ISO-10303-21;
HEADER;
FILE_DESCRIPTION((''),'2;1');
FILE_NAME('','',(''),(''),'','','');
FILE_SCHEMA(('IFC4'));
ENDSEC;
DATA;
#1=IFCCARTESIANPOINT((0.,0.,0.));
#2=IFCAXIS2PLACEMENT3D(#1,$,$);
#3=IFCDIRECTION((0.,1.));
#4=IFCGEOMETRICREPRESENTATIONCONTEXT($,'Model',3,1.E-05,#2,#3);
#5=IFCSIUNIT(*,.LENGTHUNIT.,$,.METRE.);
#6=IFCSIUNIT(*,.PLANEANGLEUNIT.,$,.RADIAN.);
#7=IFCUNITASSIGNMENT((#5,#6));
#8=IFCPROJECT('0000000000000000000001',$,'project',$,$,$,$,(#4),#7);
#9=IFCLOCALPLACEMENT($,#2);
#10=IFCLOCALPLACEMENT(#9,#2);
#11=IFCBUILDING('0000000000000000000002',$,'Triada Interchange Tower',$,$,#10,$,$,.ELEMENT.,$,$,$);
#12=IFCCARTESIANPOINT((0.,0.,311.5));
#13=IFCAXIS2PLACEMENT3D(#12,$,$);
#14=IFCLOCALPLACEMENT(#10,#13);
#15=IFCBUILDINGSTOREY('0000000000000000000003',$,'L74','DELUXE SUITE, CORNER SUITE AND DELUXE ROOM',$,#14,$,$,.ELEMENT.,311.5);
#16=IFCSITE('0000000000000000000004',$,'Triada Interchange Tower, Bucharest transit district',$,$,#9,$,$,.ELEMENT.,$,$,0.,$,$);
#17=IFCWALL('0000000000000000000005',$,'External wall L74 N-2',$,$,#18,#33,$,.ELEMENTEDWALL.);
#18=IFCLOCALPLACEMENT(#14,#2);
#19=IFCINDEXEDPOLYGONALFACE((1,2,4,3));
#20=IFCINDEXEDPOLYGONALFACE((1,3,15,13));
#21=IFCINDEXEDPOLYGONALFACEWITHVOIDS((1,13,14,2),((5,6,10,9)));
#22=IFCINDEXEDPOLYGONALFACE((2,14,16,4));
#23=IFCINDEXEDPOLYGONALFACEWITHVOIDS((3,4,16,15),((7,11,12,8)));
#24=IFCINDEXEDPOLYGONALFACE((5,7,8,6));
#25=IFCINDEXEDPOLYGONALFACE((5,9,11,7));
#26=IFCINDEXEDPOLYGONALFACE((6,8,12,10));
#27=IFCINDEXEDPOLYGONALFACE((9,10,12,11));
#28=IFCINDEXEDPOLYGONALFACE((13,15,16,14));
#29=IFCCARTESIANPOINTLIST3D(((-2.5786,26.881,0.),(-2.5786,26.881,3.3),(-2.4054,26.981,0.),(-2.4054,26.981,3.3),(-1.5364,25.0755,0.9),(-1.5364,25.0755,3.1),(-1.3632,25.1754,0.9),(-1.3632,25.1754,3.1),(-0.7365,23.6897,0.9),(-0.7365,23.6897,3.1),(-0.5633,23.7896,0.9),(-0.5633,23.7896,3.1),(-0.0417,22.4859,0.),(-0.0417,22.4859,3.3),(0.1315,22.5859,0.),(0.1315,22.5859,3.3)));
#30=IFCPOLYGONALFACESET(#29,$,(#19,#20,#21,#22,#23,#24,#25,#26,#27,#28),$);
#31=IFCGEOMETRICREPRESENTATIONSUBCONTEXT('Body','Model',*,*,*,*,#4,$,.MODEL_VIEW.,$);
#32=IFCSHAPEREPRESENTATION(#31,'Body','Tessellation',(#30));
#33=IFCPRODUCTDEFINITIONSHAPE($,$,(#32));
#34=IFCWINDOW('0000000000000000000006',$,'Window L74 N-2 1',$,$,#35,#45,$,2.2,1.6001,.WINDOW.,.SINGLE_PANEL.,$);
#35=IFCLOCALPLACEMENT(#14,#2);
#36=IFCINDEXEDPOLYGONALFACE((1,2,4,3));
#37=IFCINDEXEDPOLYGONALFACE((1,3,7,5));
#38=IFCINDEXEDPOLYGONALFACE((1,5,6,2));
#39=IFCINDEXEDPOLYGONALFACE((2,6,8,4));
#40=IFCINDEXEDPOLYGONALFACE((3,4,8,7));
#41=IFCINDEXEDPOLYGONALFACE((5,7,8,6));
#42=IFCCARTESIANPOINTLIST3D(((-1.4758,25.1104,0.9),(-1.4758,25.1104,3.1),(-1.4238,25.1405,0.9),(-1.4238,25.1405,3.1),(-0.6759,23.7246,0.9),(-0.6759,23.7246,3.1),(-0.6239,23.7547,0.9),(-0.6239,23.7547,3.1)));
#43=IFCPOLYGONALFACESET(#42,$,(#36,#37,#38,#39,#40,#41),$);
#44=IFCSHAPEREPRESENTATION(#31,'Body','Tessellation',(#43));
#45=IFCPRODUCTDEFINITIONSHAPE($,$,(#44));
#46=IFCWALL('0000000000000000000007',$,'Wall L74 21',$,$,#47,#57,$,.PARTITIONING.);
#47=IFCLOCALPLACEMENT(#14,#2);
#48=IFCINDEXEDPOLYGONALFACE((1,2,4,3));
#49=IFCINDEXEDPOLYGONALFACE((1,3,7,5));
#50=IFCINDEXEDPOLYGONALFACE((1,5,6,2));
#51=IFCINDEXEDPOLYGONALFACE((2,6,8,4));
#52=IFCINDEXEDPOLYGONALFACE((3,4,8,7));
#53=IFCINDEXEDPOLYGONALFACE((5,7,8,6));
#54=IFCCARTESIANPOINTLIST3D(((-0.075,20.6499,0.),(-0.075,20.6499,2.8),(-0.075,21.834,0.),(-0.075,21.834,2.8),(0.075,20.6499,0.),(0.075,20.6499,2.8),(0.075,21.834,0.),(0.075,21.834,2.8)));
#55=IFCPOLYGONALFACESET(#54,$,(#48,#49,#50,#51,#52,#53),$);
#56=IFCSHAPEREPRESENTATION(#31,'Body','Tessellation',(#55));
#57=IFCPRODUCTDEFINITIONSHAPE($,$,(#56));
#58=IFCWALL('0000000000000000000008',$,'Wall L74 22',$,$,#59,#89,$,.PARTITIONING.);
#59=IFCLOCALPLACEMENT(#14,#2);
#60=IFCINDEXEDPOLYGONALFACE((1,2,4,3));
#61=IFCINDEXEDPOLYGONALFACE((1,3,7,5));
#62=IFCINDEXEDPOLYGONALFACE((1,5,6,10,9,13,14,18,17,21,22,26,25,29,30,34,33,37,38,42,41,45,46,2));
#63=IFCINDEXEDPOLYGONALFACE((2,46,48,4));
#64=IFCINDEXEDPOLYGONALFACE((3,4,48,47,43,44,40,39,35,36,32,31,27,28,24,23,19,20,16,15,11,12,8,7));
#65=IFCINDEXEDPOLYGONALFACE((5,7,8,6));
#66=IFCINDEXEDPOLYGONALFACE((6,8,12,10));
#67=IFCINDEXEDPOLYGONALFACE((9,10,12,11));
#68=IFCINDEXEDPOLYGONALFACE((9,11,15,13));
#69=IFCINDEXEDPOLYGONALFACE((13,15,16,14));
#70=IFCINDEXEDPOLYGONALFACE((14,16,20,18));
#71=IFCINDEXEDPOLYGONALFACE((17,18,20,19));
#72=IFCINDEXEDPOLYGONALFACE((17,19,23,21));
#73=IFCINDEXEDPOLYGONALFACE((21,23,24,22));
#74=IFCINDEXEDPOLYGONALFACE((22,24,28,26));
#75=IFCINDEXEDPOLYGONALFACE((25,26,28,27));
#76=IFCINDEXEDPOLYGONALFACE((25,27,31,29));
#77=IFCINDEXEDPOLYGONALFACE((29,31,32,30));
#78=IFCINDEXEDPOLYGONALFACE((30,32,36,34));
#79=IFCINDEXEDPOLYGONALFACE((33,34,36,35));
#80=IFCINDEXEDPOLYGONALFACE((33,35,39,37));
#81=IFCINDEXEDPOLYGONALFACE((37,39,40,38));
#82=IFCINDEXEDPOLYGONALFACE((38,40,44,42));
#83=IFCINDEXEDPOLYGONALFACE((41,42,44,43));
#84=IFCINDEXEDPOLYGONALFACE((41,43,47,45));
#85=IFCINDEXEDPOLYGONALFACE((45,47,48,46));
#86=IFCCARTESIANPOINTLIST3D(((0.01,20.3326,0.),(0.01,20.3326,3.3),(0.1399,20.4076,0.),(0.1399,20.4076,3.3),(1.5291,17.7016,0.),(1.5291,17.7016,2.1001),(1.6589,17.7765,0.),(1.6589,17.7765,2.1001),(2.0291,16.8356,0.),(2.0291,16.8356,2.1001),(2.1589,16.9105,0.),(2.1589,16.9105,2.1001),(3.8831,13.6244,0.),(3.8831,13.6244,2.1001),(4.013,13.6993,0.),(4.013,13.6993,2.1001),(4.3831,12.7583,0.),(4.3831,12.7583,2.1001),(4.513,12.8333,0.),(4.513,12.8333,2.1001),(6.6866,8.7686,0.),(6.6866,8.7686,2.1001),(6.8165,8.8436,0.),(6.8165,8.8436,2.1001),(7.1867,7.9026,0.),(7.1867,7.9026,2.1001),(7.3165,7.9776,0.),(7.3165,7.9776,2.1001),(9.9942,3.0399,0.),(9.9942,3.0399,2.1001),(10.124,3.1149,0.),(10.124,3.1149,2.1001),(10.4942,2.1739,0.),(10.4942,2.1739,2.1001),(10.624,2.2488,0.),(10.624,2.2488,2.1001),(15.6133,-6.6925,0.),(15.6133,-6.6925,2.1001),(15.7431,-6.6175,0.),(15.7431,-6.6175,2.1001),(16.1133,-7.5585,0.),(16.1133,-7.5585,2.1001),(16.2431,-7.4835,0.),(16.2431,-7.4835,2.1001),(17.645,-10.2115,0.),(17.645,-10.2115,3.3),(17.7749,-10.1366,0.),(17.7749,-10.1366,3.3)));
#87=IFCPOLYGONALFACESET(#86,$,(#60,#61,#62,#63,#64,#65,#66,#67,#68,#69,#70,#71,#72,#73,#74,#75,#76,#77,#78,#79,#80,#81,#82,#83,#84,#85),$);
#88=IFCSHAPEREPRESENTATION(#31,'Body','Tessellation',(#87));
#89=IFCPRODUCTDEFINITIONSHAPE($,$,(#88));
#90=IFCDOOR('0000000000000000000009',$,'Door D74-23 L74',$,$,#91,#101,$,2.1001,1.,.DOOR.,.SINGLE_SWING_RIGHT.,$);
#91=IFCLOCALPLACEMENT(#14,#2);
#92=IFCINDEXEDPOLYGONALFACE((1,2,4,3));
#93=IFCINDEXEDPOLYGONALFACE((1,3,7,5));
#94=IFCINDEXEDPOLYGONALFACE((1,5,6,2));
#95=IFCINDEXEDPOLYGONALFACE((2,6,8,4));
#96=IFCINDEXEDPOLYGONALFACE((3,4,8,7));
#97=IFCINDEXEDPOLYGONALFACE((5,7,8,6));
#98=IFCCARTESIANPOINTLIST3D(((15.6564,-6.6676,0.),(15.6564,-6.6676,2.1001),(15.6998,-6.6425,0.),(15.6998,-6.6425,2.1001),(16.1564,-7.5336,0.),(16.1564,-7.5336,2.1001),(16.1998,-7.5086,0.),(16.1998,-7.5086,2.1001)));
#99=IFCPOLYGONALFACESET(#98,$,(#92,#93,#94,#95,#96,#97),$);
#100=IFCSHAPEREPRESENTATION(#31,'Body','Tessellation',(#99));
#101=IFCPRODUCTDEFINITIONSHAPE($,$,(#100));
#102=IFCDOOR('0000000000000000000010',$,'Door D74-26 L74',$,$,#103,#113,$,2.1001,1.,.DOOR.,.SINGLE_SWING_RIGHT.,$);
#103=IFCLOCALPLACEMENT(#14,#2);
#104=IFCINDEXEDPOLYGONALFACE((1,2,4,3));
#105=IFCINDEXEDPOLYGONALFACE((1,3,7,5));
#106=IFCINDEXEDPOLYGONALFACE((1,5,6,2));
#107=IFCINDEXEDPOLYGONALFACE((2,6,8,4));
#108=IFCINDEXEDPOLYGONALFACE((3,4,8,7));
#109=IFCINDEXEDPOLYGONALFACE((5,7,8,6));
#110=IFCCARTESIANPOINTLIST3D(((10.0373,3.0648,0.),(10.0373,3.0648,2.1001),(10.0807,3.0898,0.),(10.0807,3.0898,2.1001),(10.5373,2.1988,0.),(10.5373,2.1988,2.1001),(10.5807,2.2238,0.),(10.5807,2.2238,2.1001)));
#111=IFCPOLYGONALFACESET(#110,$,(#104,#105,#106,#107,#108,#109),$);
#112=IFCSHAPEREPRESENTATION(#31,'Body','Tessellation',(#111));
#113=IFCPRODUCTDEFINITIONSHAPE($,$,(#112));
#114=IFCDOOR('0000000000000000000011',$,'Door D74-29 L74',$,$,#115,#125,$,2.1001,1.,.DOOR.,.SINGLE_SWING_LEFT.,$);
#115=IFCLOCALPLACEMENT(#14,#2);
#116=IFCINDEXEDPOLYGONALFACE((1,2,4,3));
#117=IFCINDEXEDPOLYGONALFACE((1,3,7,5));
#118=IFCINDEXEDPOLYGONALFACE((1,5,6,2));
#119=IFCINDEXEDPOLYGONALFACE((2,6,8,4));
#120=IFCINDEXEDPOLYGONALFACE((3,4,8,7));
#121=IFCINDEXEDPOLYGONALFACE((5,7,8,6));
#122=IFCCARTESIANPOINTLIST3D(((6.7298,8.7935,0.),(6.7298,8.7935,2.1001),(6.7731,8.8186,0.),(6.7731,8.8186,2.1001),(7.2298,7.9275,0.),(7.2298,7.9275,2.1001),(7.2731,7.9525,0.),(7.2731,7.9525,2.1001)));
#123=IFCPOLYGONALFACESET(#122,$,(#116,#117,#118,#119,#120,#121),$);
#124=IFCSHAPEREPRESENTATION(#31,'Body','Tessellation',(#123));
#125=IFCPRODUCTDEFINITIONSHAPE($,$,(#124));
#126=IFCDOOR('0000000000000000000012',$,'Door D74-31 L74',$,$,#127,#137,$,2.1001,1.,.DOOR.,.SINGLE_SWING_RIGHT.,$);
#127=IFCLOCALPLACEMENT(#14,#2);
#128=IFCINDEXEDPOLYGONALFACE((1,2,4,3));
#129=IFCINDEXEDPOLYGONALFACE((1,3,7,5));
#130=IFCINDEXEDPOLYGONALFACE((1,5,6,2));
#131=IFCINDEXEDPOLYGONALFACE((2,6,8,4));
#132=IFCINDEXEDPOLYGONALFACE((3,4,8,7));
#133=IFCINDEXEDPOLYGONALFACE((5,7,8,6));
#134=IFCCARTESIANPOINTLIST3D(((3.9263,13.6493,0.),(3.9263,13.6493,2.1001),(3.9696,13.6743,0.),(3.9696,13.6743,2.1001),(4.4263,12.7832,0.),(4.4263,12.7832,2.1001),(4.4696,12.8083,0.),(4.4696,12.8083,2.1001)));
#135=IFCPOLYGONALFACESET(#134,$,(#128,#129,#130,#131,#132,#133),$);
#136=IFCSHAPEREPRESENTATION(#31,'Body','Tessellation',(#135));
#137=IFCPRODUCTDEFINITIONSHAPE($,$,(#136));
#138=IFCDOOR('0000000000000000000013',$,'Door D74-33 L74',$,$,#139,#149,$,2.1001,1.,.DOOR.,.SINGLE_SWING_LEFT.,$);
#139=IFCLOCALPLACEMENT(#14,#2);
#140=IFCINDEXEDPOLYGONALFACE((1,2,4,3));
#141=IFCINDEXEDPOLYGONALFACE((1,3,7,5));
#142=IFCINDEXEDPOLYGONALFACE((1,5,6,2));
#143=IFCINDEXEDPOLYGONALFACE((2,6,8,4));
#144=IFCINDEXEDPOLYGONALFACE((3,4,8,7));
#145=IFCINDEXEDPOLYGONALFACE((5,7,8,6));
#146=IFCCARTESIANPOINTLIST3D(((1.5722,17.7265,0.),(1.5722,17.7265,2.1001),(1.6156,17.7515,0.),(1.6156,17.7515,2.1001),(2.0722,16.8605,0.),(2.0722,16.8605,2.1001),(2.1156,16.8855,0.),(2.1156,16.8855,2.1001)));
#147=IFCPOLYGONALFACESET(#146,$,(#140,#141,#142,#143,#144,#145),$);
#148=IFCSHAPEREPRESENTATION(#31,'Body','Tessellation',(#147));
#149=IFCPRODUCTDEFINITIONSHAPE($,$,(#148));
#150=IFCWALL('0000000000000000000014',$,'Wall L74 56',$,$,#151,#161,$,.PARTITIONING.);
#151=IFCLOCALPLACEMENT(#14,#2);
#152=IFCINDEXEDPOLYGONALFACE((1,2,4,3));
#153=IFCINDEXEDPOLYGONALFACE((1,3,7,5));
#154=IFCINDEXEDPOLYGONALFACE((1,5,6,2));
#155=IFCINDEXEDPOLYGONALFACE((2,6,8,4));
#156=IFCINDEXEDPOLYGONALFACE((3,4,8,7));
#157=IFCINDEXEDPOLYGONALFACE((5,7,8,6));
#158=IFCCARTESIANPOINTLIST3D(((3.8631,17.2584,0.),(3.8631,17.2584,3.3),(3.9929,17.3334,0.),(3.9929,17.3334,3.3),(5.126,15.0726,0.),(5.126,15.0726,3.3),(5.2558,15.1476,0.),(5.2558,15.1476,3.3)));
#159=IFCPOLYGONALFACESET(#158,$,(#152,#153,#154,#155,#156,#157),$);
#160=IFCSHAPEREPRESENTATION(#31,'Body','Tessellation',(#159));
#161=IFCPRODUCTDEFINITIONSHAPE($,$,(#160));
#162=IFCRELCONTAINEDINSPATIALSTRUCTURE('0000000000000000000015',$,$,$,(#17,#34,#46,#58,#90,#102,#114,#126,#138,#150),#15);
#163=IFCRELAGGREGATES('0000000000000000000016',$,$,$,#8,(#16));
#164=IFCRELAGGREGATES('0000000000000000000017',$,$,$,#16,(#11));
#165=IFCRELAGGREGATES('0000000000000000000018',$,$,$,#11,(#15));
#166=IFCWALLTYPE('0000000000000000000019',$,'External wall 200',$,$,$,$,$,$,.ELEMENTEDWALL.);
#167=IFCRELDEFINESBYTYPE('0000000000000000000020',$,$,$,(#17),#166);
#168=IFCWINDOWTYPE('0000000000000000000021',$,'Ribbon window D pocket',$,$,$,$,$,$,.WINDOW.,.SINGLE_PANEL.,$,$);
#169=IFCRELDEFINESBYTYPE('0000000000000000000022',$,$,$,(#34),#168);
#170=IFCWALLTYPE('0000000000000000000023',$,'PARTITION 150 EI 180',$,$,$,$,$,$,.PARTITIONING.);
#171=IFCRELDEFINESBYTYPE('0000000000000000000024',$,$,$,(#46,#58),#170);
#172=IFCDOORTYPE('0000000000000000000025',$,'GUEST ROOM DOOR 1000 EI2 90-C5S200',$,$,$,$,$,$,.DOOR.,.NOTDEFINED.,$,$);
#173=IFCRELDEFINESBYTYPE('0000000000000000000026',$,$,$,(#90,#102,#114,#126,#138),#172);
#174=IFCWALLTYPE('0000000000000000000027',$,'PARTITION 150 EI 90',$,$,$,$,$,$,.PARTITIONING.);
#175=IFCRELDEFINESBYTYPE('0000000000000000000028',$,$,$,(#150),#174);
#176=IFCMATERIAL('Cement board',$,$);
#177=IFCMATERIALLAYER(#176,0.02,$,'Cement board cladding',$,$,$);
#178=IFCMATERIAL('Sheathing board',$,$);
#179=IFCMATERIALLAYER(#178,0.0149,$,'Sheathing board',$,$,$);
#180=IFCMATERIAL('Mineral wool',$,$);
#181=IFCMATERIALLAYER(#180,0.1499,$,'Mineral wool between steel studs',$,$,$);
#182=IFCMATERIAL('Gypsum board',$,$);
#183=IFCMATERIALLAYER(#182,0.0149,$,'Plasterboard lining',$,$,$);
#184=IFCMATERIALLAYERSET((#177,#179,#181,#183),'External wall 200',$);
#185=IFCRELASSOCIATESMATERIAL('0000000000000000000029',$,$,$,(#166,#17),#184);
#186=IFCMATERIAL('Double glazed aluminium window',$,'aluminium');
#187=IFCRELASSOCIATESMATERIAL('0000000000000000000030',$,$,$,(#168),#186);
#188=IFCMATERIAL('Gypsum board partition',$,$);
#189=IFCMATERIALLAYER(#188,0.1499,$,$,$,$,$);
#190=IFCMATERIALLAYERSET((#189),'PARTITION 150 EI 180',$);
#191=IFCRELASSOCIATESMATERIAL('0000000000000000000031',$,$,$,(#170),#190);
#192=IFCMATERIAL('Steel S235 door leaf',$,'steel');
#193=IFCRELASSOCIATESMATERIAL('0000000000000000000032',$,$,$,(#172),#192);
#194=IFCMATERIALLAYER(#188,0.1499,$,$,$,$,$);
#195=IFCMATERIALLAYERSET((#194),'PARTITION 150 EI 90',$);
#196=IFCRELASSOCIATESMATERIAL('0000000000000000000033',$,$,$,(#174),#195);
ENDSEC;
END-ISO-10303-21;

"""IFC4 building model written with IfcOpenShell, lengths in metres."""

from ifc_helpers import new_model, si_unit, direction, frame, frame_2d, origin, place, context, subcontext, project, spatial, rectangle, extrude, material, layer, layer_set, layer_usage, type_object, element, fill, save


model = new_model("IFC4")

# Units and contexts
model_context = context("Model", 3, precision=1e-05, world=origin(), true_north=direction((0.0, 1.0)))
body_context = subcontext(model_context, "Body", "Model", "MODEL_VIEW")
ifc_project = project(units=[si_unit("LENGTHUNIT", "METRE"), si_unit("PLANEANGLEUNIT", "RADIAN")], contexts=[model_context])

# Site, building, storey
site_placement = place(None, origin())
site = spatial("IfcSite", under=ifc_project, at=site_placement, Name="Triada Interchange Tower, Bucharest transit district", CompositionType="ELEMENT", RefElevation=0.0)
building_placement = place(site_placement, origin())
building = spatial("IfcBuilding", under=site, at=building_placement, Name="Triada Interchange Tower", CompositionType="ELEMENT")
storey_placement = place(building_placement, frame((0.0, 0.0, 311.5)))
storey = spatial("IfcBuildingStorey", under=building, at=storey_placement, Name="L74", Description="DELUXE SUITE, CORNER SUITE AND DELUXE ROOM", CompositionType="ELEMENT", Elevation=311.5)

# Wall, opening, window
ifc_material_1 = material(Name="Cement board")
ifc_layer_1 = layer(ifc_material_1, 0.02, Name="Cement board cladding")
ifc_material_2 = material(Name="Sheathing board")
ifc_layer_2 = layer(ifc_material_2, 0.0149, Name="Sheathing board")
ifc_material_3 = material(Name="Mineral wool")
ifc_layer_3 = layer(ifc_material_3, 0.1499, Name="Mineral wool between steel studs")
ifc_material_4 = material(Name="Gypsum board")
ifc_layer_4 = layer(ifc_material_4, 0.0149, Name="Plasterboard lining")
ifc_layer_set_1 = layer_set([ifc_layer_1, ifc_layer_2, ifc_layer_3, ifc_layer_4], Name="External wall 200")
ifc_layer_usage = layer_usage(ifc_layer_set_1, "AXIS2", "POSITIVE", -0.1001)
wall_type_1 = type_object("IfcWallType", Name="External wall 200", PredefinedType="ELEMENTEDWALL", material=ifc_layer_set_1)
ifc_material_5 = material(Name="Double glazed aluminium window", Category="aluminium")
window_type = type_object("IfcWindowType", Name="Ribbon window D pocket", PartitioningType="SINGLE_PANEL", PredefinedType="WINDOW", material=ifc_material_5)
wall_1_placement = place(storey_placement, frame((0.0449, 22.5359, 0.0), z_axis=(0.0, 0.0, 1.0), x_axis=(-0.499911, 0.866077, 0.0)))
wall_1 = element("IfcWall", 1, at=wall_1_placement, inside=storey, type_object=wall_type_1, material=ifc_layer_usage, Name="External wall L74 N-2", PredefinedType="ELEMENTEDWALL", context=body_context, shape_type="SweptSolid", body=[
    extrude(rectangle(XDim=5.0747, YDim=0.2, at=frame_2d((2.5374, 0.0))), origin(), (0.0, 0.0, 1.0), 3.3),
])
opening_1_placement = place(wall_1_placement, frame((1.3899, 0.0, 0.8999)))
opening_1 = element("IfcOpeningElement", 2, at=opening_1_placement, cuts=wall_1, PredefinedType="OPENING", context=body_context, shape_type="SweptSolid", body=[
    extrude(rectangle(XDim=1.6001, YDim=2.2, at=frame_2d((0.8, 1.1001))), frame((0.0, 0.1099, 0.0), z_axis=(0.0, -1.0, 0.0), x_axis=(1.0, 0.0, 0.0)), (0.0, 0.0, 1.0), 0.22),
])
window_1_placement = place(opening_1_placement, origin())
window_1 = element("IfcWindow", 3, at=window_1_placement, inside=storey, type_object=window_type, Name="Window L74 N-2 1", OverallHeight=2.2, OverallWidth=1.6001, PartitioningType="SINGLE_PANEL", PredefinedType="WINDOW", context=body_context, shape_type="SweptSolid", body=[
    extrude(rectangle(XDim=1.6001, YDim=2.2, at=frame_2d((0.8, 1.1001))), frame((0.0, 0.03, 0.0), z_axis=(0.0, -1.0, 0.0), x_axis=(1.0, 0.0, 0.0)), (0.0, 0.0, 1.0), 0.0601),
])
fill(opening_1, window_1)

# Wall
ifc_material_6 = material(Name="Gypsum board partition")
ifc_layer_5 = layer(ifc_material_6, 0.1499)
ifc_layer_set_2 = layer_set([ifc_layer_5], Name="PARTITION 150 EI 180")
wall_type_2 = type_object("IfcWallType", Name="PARTITION 150 EI 180", PredefinedType="PARTITIONING", material=ifc_layer_set_2)
wall_2_placement = place(storey_placement, frame((0.0, 20.6499, 0.0), z_axis=(0.0, 0.0, 1.0), x_axis=(0.0, 1.0, 0.0)))
element("IfcWall", 4, at=wall_2_placement, inside=storey, type_object=wall_type_2, Name="Wall L74 21", PredefinedType="PARTITIONING", context=body_context, shape_type="SweptSolid", body=[
    extrude(rectangle(XDim=1.1841, YDim=0.1499, at=frame_2d((0.592, 0.0))), origin(), (0.0, 0.0, 1.0), 2.8),
])

# Wall, openings, doors
wall_3_placement = place(storey_placement, frame((0.075, 20.3701, 0.0), z_axis=(0.0, 0.0, 1.0), x_axis=(0.500007, -0.866022, 0.0)))
wall_3 = element("IfcWall", 5, at=wall_3_placement, inside=storey, type_object=wall_type_2, Name="Wall L74 22", PredefinedType="PARTITIONING", context=body_context, shape_type="SweptSolid", body=[
    extrude(rectangle(XDim=35.2695, YDim=0.1499, at=frame_2d((17.6348, 0.0))), origin(), (0.0, 0.0, 1.0), 3.3),
])
opening_2_placement = place(wall_3_placement, frame((31.2061, 0.0, 0.0)))
opening_2 = element("IfcOpeningElement", 6, at=opening_2_placement, cuts=wall_3, PredefinedType="OPENING", context=body_context, shape_type="SweptSolid", body=[
    extrude(rectangle(XDim=1.0, YDim=2.1001, at=frame_2d((0.5, 1.05))), frame((0.0, 0.085, 0.0), z_axis=(0.0, -1.0, 0.0), x_axis=(1.0, 0.0, 0.0)), (0.0, 0.0, 1.0), 0.1699),
])
opening_3_placement = place(wall_3_placement, frame((19.968, 0.0, 0.0)))
opening_3 = element("IfcOpeningElement", 7, at=opening_3_placement, cuts=wall_3, PredefinedType="OPENING", context=body_context, shape_type="SweptSolid", body=[
    extrude(rectangle(XDim=1.0, YDim=2.1001, at=frame_2d((0.5, 1.05))), frame((0.0, 0.085, 0.0), z_axis=(0.0, -1.0, 0.0), x_axis=(1.0, 0.0, 0.0)), (0.0, 0.0, 1.0), 0.1699),
])
opening_4_placement = place(wall_3_placement, frame((13.353, 0.0, 0.0)))
opening_4 = element("IfcOpeningElement", 8, at=opening_4_placement, cuts=wall_3, PredefinedType="OPENING", context=body_context, shape_type="SweptSolid", body=[
    extrude(rectangle(XDim=1.0, YDim=2.1001, at=frame_2d((0.5, 1.05))), frame((0.0, 0.085, 0.0), z_axis=(0.0, -1.0, 0.0), x_axis=(1.0, 0.0, 0.0)), (0.0, 0.0, 1.0), 0.1699),
])
opening_5_placement = place(wall_3_placement, frame((7.7461, 0.0, 0.0)))
opening_5 = element("IfcOpeningElement", 9, at=opening_5_placement, cuts=wall_3, PredefinedType="OPENING", context=body_context, shape_type="SweptSolid", body=[
    extrude(rectangle(XDim=1.0, YDim=2.1001, at=frame_2d((0.5, 1.05))), frame((0.0, 0.085, 0.0), z_axis=(0.0, -1.0, 0.0), x_axis=(1.0, 0.0, 0.0)), (0.0, 0.0, 1.0), 0.1699),
])
opening_6_placement = place(wall_3_placement, frame((3.0381, 0.0, 0.0)))
opening_6 = element("IfcOpeningElement", 10, at=opening_6_placement, cuts=wall_3, PredefinedType="OPENING", context=body_context, shape_type="SweptSolid", body=[
    extrude(rectangle(XDim=1.0, YDim=2.1001, at=frame_2d((0.5, 1.05))), frame((0.0, 0.085, 0.0), z_axis=(0.0, -1.0, 0.0), x_axis=(1.0, 0.0, 0.0)), (0.0, 0.0, 1.0), 0.1699),
])
ifc_material_7 = material(Name="Steel S235 door leaf", Category="steel")
door_type_1 = type_object("IfcDoorType", Name="GUEST ROOM DOOR 1000 EI2 90-C5S200", OperationType="NOTDEFINED", PredefinedType="DOOR", material=ifc_material_7)
door_1_placement = place(opening_2_placement, origin())
door_1 = element("IfcDoor", 11, at=door_1_placement, inside=storey, type_object=door_type_1, Name="Door D74-23 L74", OperationType="SINGLE_SWING_RIGHT", OverallHeight=2.1001, OverallWidth=1.0, PredefinedType="DOOR", context=body_context, shape_type="SweptSolid", body=[
    extrude(rectangle(XDim=1.0, YDim=2.1001, at=frame_2d((0.5, 1.05))), frame((0.0, 0.0249, 0.0), z_axis=(0.0, -1.0, 0.0), x_axis=(1.0, 0.0, 0.0)), (0.0, 0.0, 1.0), 0.05),
])
fill(opening_2, door_1)
door_2_placement = place(opening_3_placement, origin())
door_2 = element("IfcDoor", 12, at=door_2_placement, inside=storey, type_object=door_type_1, Name="Door D74-26 L74", OperationType="SINGLE_SWING_RIGHT", OverallHeight=2.1001, OverallWidth=1.0, PredefinedType="DOOR", context=body_context, shape_type="SweptSolid", body=[
    extrude(rectangle(XDim=1.0, YDim=2.1001, at=frame_2d((0.5, 1.05))), frame((0.0, 0.0249, 0.0), z_axis=(0.0, -1.0, 0.0), x_axis=(1.0, 0.0, 0.0)), (0.0, 0.0, 1.0), 0.05),
])
fill(opening_3, door_2)
door_3_placement = place(opening_4_placement, origin())
door_3 = element("IfcDoor", 13, at=door_3_placement, inside=storey, type_object=door_type_1, Name="Door D74-29 L74", OperationType="SINGLE_SWING_LEFT", OverallHeight=2.1001, OverallWidth=1.0, PredefinedType="DOOR", context=body_context, shape_type="SweptSolid", body=[
    extrude(rectangle(XDim=1.0, YDim=2.1001, at=frame_2d((0.5, 1.05))), frame((0.0, 0.0249, 0.0), z_axis=(0.0, -1.0, 0.0), x_axis=(1.0, 0.0, 0.0)), (0.0, 0.0, 1.0), 0.05),
])
fill(opening_4, door_3)
door_4_placement = place(opening_5_placement, origin())
door_4 = element("IfcDoor", 14, at=door_4_placement, inside=storey, type_object=door_type_1, Name="Door D74-31 L74", OperationType="SINGLE_SWING_RIGHT", OverallHeight=2.1001, OverallWidth=1.0, PredefinedType="DOOR", context=body_context, shape_type="SweptSolid", body=[
    extrude(rectangle(XDim=1.0, YDim=2.1001, at=frame_2d((0.5, 1.05))), frame((0.0, 0.0249, 0.0), z_axis=(0.0, -1.0, 0.0), x_axis=(1.0, 0.0, 0.0)), (0.0, 0.0, 1.0), 0.05),
])
fill(opening_5, door_4)
door_5_placement = place(opening_6_placement, origin())
door_5 = element("IfcDoor", 15, at=door_5_placement, inside=storey, type_object=door_type_1, Name="Door D74-33 L74", OperationType="SINGLE_SWING_LEFT", OverallHeight=2.1001, OverallWidth=1.0, PredefinedType="DOOR", context=body_context, shape_type="SweptSolid", body=[
    extrude(rectangle(XDim=1.0, YDim=2.1001, at=frame_2d((0.5, 1.05))), frame((0.0, 0.0249, 0.0), z_axis=(0.0, -1.0, 0.0), x_axis=(1.0, 0.0, 0.0)), (0.0, 0.0, 1.0), 0.05),
])
fill(opening_6, door_5)

# Wall
ifc_layer_6 = layer(ifc_material_6, 0.1499)
ifc_layer_set_3 = layer_set([ifc_layer_6], Name="PARTITION 150 EI 90")
wall_type_3 = type_object("IfcWallType", Name="PARTITION 150 EI 90", PredefinedType="PARTITIONING", material=ifc_layer_set_3)
wall_4_placement = place(storey_placement, frame((3.928, 17.2959, 0.0), z_axis=(0.0, 0.0, 1.0), x_axis=(0.500289, -0.865859, 0.0)))
element("IfcWall", 16, at=wall_4_placement, inside=storey, type_object=wall_type_3, Name="Wall L74 56", PredefinedType="PARTITIONING", context=body_context, shape_type="SweptSolid", body=[
    extrude(rectangle(XDim=2.5244, YDim=0.1499, at=frame_2d((1.2622, 0.0))), origin(), (0.0, 0.0, 1.0), 3.3),
])

save(model, "model.ifc")
